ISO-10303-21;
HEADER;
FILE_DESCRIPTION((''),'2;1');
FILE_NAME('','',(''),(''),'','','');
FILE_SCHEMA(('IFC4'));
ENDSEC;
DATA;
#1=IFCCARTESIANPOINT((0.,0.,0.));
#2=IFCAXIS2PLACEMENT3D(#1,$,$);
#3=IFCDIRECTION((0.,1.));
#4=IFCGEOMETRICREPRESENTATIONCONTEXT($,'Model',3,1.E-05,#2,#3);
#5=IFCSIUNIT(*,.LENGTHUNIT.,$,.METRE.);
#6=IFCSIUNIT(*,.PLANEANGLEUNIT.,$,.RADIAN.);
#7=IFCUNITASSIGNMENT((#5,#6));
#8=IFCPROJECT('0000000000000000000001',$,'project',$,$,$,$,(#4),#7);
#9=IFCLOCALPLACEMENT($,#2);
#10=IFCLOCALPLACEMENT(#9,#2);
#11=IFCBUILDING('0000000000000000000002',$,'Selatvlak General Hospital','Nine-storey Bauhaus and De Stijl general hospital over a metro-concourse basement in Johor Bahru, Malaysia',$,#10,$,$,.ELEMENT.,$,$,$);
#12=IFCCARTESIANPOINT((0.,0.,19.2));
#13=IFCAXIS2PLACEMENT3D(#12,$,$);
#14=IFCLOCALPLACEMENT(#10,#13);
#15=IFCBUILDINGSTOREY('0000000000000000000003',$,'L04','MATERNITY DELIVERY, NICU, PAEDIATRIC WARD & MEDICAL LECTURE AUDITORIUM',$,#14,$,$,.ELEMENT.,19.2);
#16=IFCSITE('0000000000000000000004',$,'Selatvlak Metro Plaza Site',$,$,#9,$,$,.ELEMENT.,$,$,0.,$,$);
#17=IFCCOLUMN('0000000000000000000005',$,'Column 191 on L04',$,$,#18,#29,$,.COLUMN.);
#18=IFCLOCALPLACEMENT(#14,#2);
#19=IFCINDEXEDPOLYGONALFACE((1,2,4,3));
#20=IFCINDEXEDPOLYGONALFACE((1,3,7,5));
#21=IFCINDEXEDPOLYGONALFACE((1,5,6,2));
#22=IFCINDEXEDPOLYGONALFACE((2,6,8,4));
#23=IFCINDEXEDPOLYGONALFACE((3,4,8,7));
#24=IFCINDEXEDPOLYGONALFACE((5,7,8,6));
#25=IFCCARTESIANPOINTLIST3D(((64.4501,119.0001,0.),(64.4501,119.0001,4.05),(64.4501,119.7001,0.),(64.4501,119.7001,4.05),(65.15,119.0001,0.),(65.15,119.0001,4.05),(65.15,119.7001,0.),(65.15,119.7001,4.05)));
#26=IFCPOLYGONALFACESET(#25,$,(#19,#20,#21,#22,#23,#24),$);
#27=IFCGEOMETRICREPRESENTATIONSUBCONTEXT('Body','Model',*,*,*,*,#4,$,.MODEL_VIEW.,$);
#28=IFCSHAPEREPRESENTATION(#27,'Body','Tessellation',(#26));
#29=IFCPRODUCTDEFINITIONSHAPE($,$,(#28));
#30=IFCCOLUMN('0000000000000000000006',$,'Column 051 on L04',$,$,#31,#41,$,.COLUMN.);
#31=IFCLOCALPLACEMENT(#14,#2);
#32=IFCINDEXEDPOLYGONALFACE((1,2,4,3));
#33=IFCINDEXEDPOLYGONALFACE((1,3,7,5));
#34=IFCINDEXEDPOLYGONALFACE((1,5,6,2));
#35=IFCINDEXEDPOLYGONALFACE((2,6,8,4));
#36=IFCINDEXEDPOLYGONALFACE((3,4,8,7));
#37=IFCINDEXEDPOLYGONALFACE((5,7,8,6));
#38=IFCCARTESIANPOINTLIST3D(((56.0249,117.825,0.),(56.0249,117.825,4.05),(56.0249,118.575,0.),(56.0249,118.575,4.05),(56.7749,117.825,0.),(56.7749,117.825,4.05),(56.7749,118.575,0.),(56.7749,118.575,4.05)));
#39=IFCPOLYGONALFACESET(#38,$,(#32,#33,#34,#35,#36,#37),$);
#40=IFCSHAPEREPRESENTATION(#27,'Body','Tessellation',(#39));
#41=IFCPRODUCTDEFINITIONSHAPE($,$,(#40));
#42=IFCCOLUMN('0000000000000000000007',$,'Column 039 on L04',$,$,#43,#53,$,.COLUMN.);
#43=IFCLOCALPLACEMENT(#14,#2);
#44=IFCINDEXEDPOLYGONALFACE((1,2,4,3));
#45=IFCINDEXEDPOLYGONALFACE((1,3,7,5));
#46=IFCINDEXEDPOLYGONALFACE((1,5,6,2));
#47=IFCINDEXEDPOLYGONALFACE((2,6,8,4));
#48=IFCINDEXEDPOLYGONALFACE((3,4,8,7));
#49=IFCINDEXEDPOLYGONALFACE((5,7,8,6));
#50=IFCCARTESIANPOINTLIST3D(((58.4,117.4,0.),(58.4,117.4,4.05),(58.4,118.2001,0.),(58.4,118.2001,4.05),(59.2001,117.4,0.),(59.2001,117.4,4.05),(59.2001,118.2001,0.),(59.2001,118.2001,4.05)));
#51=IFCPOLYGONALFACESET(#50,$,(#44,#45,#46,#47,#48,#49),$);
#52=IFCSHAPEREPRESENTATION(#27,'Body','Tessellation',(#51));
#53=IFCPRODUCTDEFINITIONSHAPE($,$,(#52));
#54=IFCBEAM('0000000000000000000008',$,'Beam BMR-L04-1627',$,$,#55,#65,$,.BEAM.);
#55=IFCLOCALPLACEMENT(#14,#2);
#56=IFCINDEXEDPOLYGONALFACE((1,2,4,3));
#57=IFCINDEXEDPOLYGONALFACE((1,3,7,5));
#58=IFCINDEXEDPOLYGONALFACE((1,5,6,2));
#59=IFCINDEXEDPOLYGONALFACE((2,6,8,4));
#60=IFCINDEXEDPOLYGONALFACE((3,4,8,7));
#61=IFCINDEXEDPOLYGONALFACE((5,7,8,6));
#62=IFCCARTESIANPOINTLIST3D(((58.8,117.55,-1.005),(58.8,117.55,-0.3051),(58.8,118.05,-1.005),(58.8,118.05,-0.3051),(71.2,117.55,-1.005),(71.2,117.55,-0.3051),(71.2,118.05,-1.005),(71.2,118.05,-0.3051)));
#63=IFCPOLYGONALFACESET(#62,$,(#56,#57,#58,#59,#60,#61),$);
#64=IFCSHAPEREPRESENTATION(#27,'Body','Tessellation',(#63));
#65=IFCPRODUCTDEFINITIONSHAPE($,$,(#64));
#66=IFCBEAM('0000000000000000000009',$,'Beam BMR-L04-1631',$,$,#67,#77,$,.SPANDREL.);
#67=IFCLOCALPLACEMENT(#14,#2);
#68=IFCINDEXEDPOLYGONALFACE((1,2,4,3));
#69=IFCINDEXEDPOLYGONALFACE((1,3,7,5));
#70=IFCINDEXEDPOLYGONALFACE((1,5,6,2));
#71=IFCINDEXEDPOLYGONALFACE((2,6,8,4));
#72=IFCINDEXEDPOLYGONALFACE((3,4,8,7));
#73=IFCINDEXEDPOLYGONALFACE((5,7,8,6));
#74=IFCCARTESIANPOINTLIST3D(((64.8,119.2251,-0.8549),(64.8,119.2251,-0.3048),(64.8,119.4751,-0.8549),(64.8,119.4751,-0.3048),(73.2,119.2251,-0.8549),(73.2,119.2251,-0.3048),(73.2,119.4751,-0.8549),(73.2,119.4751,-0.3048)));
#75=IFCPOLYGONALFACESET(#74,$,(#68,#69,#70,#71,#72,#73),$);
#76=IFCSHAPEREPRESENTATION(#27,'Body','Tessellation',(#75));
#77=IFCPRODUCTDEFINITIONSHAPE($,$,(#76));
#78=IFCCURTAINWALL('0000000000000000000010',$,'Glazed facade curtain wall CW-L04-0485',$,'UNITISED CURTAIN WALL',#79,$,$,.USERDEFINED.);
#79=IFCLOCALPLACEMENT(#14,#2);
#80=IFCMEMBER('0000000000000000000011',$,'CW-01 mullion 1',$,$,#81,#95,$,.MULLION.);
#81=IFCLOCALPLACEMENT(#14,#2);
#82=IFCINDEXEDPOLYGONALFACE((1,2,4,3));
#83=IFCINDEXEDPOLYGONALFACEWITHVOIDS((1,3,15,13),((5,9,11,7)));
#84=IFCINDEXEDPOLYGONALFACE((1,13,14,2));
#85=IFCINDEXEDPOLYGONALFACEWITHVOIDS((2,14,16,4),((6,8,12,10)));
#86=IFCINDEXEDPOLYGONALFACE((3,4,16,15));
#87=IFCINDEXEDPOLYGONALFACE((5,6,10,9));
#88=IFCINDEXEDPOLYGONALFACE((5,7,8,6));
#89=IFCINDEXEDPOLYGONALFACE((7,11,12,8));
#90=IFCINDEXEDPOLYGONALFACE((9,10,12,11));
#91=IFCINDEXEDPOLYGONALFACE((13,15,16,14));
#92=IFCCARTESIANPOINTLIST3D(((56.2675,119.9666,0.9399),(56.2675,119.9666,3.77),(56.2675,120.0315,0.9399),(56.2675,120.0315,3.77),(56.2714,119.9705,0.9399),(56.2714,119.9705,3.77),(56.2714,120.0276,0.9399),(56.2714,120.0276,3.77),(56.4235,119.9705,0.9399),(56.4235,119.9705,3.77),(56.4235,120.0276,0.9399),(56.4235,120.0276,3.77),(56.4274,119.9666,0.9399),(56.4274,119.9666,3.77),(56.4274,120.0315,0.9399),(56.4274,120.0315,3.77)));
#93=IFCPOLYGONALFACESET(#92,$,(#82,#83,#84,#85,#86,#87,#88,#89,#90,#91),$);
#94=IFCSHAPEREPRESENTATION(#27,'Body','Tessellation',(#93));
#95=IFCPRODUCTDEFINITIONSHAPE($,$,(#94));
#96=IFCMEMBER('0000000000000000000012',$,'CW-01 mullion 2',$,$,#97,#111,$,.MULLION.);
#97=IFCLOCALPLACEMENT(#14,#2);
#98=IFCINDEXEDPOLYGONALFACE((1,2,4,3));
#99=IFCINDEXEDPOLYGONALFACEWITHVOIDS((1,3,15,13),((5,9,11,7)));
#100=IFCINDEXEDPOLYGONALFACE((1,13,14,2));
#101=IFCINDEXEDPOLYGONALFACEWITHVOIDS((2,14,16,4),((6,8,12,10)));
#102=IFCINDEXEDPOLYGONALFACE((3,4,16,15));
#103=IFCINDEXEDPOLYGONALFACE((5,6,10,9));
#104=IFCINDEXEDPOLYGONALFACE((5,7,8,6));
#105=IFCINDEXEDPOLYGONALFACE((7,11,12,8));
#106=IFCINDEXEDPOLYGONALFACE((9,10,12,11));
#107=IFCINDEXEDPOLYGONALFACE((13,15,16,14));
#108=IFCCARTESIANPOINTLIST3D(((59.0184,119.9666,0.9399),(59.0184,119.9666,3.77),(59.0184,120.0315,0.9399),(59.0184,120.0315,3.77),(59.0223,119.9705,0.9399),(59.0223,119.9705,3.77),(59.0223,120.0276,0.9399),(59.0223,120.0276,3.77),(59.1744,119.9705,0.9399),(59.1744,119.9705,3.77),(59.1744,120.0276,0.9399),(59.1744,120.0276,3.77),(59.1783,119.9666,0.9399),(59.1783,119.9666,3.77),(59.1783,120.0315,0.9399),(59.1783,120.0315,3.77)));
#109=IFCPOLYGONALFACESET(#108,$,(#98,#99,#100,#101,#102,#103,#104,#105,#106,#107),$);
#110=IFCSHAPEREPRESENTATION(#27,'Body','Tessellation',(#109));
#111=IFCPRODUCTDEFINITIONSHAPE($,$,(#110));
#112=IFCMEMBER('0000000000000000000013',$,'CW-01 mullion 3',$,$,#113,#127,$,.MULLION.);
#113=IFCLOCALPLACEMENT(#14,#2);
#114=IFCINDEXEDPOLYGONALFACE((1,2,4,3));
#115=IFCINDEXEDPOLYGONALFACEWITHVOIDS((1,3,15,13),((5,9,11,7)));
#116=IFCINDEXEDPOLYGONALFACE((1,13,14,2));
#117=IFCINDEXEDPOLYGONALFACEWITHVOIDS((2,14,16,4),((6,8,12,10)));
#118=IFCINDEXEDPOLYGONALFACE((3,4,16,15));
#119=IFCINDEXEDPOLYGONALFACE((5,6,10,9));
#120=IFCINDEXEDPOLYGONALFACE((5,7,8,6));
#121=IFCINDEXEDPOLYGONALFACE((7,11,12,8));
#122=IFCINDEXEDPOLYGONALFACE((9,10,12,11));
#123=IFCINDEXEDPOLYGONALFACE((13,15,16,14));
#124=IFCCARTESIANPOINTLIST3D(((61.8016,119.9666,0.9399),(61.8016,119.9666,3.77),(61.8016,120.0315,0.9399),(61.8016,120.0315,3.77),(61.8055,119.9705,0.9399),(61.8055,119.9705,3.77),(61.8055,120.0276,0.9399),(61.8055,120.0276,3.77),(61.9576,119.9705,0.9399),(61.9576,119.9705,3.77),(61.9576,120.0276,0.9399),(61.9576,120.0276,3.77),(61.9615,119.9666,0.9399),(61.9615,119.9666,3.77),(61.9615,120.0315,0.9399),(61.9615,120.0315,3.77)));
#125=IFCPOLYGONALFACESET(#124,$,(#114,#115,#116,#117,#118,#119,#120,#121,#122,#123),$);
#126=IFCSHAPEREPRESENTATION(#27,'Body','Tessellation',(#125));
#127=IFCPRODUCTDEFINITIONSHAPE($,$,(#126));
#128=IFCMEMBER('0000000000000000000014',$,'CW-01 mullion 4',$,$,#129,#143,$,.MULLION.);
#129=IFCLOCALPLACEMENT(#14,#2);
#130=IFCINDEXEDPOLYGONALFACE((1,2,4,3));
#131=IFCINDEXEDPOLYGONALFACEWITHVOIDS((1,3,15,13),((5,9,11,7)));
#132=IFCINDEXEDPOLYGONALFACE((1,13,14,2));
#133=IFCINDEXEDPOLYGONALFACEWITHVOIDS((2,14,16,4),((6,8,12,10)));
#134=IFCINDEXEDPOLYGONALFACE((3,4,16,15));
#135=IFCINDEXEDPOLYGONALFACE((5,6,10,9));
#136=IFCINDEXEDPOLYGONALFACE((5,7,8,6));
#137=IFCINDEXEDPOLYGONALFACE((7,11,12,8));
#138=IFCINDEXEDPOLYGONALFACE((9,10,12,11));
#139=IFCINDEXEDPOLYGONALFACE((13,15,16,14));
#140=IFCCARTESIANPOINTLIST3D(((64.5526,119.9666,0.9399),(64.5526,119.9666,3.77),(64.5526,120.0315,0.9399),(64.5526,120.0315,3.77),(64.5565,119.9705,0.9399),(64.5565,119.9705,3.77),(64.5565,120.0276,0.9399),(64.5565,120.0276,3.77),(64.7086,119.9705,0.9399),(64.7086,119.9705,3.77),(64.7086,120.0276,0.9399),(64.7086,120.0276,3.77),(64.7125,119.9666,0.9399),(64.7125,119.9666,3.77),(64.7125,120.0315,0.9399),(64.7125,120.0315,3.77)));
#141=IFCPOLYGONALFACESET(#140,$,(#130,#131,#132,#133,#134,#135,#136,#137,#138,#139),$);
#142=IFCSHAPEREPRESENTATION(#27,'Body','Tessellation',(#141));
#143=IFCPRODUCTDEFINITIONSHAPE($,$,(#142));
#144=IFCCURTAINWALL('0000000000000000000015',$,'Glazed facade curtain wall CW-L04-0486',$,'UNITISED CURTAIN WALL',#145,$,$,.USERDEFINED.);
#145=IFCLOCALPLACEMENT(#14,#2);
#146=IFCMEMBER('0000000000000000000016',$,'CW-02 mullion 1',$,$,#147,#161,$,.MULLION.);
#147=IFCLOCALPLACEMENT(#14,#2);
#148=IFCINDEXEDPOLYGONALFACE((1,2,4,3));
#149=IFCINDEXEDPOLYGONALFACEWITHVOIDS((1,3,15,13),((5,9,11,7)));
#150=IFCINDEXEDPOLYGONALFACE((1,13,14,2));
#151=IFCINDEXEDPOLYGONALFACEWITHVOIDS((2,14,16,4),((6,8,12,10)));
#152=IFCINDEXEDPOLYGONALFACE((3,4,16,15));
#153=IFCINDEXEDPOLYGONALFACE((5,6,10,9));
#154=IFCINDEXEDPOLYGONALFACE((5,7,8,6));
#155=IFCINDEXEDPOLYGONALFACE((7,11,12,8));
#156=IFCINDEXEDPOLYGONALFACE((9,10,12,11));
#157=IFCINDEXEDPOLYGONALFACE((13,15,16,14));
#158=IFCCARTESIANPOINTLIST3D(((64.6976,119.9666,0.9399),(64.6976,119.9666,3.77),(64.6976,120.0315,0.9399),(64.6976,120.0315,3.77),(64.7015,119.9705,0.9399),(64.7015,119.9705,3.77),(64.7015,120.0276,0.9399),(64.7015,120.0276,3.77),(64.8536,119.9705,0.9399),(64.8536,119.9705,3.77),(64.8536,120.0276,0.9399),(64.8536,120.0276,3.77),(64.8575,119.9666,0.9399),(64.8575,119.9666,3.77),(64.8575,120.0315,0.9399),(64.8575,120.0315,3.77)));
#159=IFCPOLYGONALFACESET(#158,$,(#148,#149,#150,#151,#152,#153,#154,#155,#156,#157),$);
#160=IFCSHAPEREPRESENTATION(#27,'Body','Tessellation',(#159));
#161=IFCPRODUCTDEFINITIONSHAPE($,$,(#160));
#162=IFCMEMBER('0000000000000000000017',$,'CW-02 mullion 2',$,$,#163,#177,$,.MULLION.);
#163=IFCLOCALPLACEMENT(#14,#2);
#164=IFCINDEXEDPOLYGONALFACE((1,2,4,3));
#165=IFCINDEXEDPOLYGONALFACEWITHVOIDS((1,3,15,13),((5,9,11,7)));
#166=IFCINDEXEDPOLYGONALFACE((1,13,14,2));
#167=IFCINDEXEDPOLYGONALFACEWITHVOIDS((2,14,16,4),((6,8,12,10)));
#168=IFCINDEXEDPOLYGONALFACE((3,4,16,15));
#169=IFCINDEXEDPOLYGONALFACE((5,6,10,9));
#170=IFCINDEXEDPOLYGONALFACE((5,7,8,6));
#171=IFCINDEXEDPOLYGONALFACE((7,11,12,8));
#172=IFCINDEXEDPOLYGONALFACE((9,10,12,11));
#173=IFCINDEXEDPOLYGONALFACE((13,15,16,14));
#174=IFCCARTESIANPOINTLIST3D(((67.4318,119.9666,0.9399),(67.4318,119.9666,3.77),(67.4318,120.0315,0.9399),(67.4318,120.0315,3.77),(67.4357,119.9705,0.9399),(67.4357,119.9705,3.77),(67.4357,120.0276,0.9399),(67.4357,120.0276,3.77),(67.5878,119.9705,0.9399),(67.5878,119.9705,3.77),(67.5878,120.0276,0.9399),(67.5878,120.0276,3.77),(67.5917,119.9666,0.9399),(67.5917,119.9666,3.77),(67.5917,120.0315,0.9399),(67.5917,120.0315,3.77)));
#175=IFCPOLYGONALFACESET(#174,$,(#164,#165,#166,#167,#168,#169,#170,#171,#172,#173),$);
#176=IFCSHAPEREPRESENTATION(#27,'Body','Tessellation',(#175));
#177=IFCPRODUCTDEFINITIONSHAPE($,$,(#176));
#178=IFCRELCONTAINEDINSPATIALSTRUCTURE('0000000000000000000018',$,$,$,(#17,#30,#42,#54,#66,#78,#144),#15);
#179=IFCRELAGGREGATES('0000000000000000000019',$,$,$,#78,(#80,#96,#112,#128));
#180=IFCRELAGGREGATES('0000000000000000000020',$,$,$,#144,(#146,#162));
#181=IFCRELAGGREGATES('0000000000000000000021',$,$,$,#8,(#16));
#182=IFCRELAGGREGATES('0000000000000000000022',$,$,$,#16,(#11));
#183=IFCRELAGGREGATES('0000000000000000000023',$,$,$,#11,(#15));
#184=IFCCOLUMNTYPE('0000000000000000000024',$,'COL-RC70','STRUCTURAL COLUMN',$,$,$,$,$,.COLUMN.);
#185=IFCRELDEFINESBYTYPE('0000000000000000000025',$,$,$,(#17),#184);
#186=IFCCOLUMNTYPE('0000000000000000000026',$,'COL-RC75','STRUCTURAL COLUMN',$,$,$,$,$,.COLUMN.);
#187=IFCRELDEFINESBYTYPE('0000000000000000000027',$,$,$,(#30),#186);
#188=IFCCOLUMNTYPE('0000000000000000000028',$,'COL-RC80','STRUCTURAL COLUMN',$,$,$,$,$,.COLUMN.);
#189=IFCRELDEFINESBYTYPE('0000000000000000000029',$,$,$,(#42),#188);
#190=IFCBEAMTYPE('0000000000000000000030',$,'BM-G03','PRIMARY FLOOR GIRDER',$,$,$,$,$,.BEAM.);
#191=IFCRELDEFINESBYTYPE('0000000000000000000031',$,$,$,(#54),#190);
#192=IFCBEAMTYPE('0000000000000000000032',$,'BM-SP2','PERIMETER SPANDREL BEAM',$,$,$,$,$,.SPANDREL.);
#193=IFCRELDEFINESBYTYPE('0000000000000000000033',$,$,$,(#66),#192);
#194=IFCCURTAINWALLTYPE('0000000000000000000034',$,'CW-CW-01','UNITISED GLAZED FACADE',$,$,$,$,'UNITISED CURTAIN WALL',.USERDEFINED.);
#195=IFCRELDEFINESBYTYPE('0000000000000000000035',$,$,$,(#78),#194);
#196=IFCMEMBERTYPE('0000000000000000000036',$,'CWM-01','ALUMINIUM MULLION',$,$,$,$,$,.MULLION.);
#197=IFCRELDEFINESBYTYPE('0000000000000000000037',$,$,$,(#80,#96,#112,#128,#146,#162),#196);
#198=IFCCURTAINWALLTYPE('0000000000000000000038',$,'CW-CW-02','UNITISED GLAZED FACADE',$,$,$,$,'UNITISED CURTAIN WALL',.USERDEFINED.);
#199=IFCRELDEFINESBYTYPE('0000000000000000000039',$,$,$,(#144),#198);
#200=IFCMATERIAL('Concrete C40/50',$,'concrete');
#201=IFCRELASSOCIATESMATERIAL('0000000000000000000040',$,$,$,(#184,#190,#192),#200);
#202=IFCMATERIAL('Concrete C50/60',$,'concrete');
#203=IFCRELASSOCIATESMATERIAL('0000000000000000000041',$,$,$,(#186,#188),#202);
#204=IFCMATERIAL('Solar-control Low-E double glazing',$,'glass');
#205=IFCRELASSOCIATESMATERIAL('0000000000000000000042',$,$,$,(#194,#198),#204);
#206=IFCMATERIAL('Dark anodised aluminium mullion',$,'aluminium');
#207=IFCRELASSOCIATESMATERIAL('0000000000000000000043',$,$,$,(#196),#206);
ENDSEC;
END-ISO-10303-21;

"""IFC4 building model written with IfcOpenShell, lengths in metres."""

from ifc_helpers import new_model, si_unit, direction, frame, origin, origin_2d, place, context, subcontext, project, spatial, rectangle, hollow_rectangle, extrude, material, material_profile, profile_set, type_object, element, aggregate, save


model = new_model("IFC4")

# Units and contexts
model_context = context("Model", 3, precision=1e-05, world=origin(), true_north=direction((0.0, 1.0)))
body_context = subcontext(model_context, "Body", "Model", "MODEL_VIEW")
ifc_project = project(units=[si_unit("LENGTHUNIT", "METRE"), si_unit("PLANEANGLEUNIT", "RADIAN")], contexts=[model_context])

# Site, building, storey
site_placement = place(None, origin())
site = spatial("IfcSite", under=ifc_project, at=site_placement, Name="Selatvlak Metro Plaza Site", CompositionType="ELEMENT", RefElevation=0.0)
building_placement = place(site_placement, origin())
building = spatial("IfcBuilding", under=site, at=building_placement, Name="Selatvlak General Hospital", Description="Nine-storey Bauhaus and De Stijl general hospital over a metro-concourse basement in Johor Bahru, Malaysia", CompositionType="ELEMENT")
storey_placement = place(building_placement, frame((0.0, 0.0, 19.2)))
storey = spatial("IfcBuildingStorey", under=building, at=storey_placement, Name="L04", Description="MATERNITY DELIVERY, NICU, PAEDIATRIC WARD & MEDICAL LECTURE AUDITORIUM", CompositionType="ELEMENT", Elevation=19.2)

# Columns
ifc_material_1 = material(Name="Concrete C40/50", Category="concrete")
ifc_material_profile_1 = material_profile(ifc_material_1, rectangle(XDim=0.7, YDim=0.7, at=origin_2d()), Name="RC-COL 700x700")
ifc_profile_set_1 = profile_set([ifc_material_profile_1], Name="Concrete C40/50")
column_type_1 = type_object("IfcColumnType", Name="COL-RC70", Description="STRUCTURAL COLUMN", PredefinedType="COLUMN", material=ifc_profile_set_1)
column_1_placement = place(storey_placement, frame((64.8, 119.3501, 0.0), z_axis=(0.0, 0.0, 1.0), x_axis=(1.0, 0.0, 0.0)))
element("IfcColumn", 1, at=column_1_placement, inside=storey, type_object=column_type_1, Name="Column 191 on L04", PredefinedType="COLUMN", context=body_context, shape_type="SweptSolid", body=[
    extrude(rectangle(XDim=0.7, YDim=0.7, at=origin_2d()), origin(), (0.0, 0.0, 1.0), 4.05),
])
ifc_material_2 = material(Name="Concrete C50/60", Category="concrete")
ifc_material_profile_2 = material_profile(ifc_material_2, rectangle(XDim=0.75, YDim=0.75, at=origin_2d()), Name="RC-COL 750x750")
ifc_profile_set_2 = profile_set([ifc_material_profile_2], Name="Concrete C50/60")
column_type_2 = type_object("IfcColumnType", Name="COL-RC75", Description="STRUCTURAL COLUMN", PredefinedType="COLUMN", material=ifc_profile_set_2)
column_2_placement = place(storey_placement, frame((56.3999, 118.2, 0.0), z_axis=(0.0, 0.0, 1.0), x_axis=(1.0, 0.0, 0.0)))
element("IfcColumn", 2, at=column_2_placement, inside=storey, type_object=column_type_2, Name="Column 051 on L04", PredefinedType="COLUMN", context=body_context, shape_type="SweptSolid", body=[
    extrude(rectangle(XDim=0.75, YDim=0.75, at=origin_2d()), origin(), (0.0, 0.0, 1.0), 4.05),
])
ifc_material_profile_3 = material_profile(ifc_material_2, rectangle(XDim=0.8, YDim=0.8, at=origin_2d()), Name="RC-COL 800x800")
ifc_profile_set_3 = profile_set([ifc_material_profile_3], Name="Concrete C50/60")
column_type_3 = type_object("IfcColumnType", Name="COL-RC80", Description="STRUCTURAL COLUMN", PredefinedType="COLUMN", material=ifc_profile_set_3)
column_3_placement = place(storey_placement, frame((58.8, 117.8, 0.0), z_axis=(0.0, 0.0, 1.0), x_axis=(1.0, 0.0, 0.0)))
element("IfcColumn", 3, at=column_3_placement, inside=storey, type_object=column_type_3, Name="Column 039 on L04", PredefinedType="COLUMN", context=body_context, shape_type="SweptSolid", body=[
    extrude(rectangle(XDim=0.8, YDim=0.8, at=origin_2d()), origin(), (0.0, 0.0, 1.0), 4.05),
])

# Beams
ifc_material_profile_4 = material_profile(ifc_material_1, rectangle(XDim=0.5, YDim=0.7, at=origin_2d()), Name="RC-BM 500x700")
ifc_profile_set_4 = profile_set([ifc_material_profile_4], Name="Concrete C40/50")
beam_type_1 = type_object("IfcBeamType", Name="BM-G03", Description="PRIMARY FLOOR GIRDER", PredefinedType="BEAM", material=ifc_profile_set_4)
beam_1_placement = place(storey_placement, frame((58.8, 117.8, -0.655), z_axis=(1.0, 0.0, 0.0), x_axis=(0.0, 1.0, 0.0)))
element("IfcBeam", 4, at=beam_1_placement, inside=storey, type_object=beam_type_1, Name="Beam BMR-L04-1627", PredefinedType="BEAM", context=body_context, shape_type="SweptSolid", body=[
    extrude(rectangle(XDim=0.5, YDim=0.7, at=origin_2d()), origin(), (0.0, 0.0, 1.0), 12.3999),
])
ifc_material_profile_5 = material_profile(ifc_material_1, rectangle(XDim=0.25, YDim=0.55, at=origin_2d()), Name="RC-SP 250x550")
ifc_profile_set_5 = profile_set([ifc_material_profile_5], Name="Concrete C40/50")
beam_type_2 = type_object("IfcBeamType", Name="BM-SP2", Description="PERIMETER SPANDREL BEAM", PredefinedType="SPANDREL", material=ifc_profile_set_5)
beam_2_placement = place(storey_placement, frame((64.8, 119.3501, -0.5798), z_axis=(1.0, 0.0, 0.0), x_axis=(0.0, 1.0, 0.0)))
element("IfcBeam", 5, at=beam_2_placement, inside=storey, type_object=beam_type_2, Name="Beam BMR-L04-1631", PredefinedType="SPANDREL", context=body_context, shape_type="SweptSolid", body=[
    extrude(rectangle(XDim=0.25, YDim=0.55, at=origin_2d()), origin(), (0.0, 0.0, 1.0), 8.3999),
])

# Curtain walls, members
ifc_material_3 = material(Name="Solar-control Low-E double glazing", Category="glass")
curtain_wall_type_1 = type_object("IfcCurtainWallType", Name="CW-CW-01", Description="UNITISED GLAZED FACADE", ElementType="UNITISED CURTAIN WALL", PredefinedType="USERDEFINED", material=ifc_material_3)
curtain_wall_1_placement = place(storey_placement, origin())
curtain_wall_1 = element("IfcCurtainWall", 6, at=curtain_wall_1_placement, inside=storey, type_object=curtain_wall_type_1, Name="Glazed facade curtain wall CW-L04-0485", ObjectType="UNITISED CURTAIN WALL", PredefinedType="USERDEFINED")
ifc_material_4 = material(Name="Dark anodised aluminium mullion", Category="aluminium")
ifc_material_profile_6 = material_profile(ifc_material_4, hollow_rectangle(XDim=0.0649, YDim=0.1599, WallThickness=0.0039, at=origin_2d()), Name="AL-MUL 65x160x4")
ifc_profile_set_6 = profile_set([ifc_material_profile_6], Name="Dark anodised aluminium mullion")
member_type_1 = type_object("IfcMemberType", Name="CWM-01", Description="ALUMINIUM MULLION", PredefinedType="MULLION", material=ifc_profile_set_6)
member_1_placement = place(storey_placement, frame((56.3474, 119.999, 0.9399), z_axis=(0.0, 0.0, 1.0), x_axis=(0.0, 1.0, 0.0)))
member_1 = element("IfcMember", 7, at=member_1_placement, type_object=member_type_1, Name="CW-01 mullion 1", PredefinedType="MULLION", context=body_context, shape_type="SweptSolid", body=[
    extrude(hollow_rectangle(XDim=0.0649, YDim=0.1599, WallThickness=0.0039, at=origin_2d()), origin(), (0.0, 0.0, 1.0), 2.8301),
])
member_2_placement = place(storey_placement, frame((59.0984, 119.999, 0.9399), z_axis=(0.0, 0.0, 1.0), x_axis=(0.0, 1.0, 0.0)))
member_2 = element("IfcMember", 8, at=member_2_placement, type_object=member_type_1, Name="CW-01 mullion 2", PredefinedType="MULLION", context=body_context, shape_type="SweptSolid", body=[
    extrude(hollow_rectangle(XDim=0.0649, YDim=0.1599, WallThickness=0.0039, at=origin_2d()), origin(), (0.0, 0.0, 1.0), 2.8301),
])
member_3_placement = place(storey_placement, frame((61.8816, 119.999, 0.9399), z_axis=(0.0, 0.0, 1.0), x_axis=(0.0, 1.0, 0.0)))
member_3 = element("IfcMember", 9, at=member_3_placement, type_object=member_type_1, Name="CW-01 mullion 3", PredefinedType="MULLION", context=body_context, shape_type="SweptSolid", body=[
    extrude(hollow_rectangle(XDim=0.0649, YDim=0.1599, WallThickness=0.0039, at=origin_2d()), origin(), (0.0, 0.0, 1.0), 2.8301),
])
member_4_placement = place(storey_placement, frame((64.6326, 119.999, 0.9399), z_axis=(0.0, 0.0, 1.0), x_axis=(0.0, 1.0, 0.0)))
member_4 = element("IfcMember", 10, at=member_4_placement, type_object=member_type_1, Name="CW-01 mullion 4", PredefinedType="MULLION", context=body_context, shape_type="SweptSolid", body=[
    extrude(hollow_rectangle(XDim=0.0649, YDim=0.1599, WallThickness=0.0039, at=origin_2d()), origin(), (0.0, 0.0, 1.0), 2.8301),
])
curtain_wall_type_2 = type_object("IfcCurtainWallType", Name="CW-CW-02", Description="UNITISED GLAZED FACADE", ElementType="UNITISED CURTAIN WALL", PredefinedType="USERDEFINED", material=ifc_material_3)
curtain_wall_2_placement = place(storey_placement, origin())
curtain_wall_2 = element("IfcCurtainWall", 11, at=curtain_wall_2_placement, inside=storey, type_object=curtain_wall_type_2, Name="Glazed facade curtain wall CW-L04-0486", ObjectType="UNITISED CURTAIN WALL", PredefinedType="USERDEFINED")
member_5_placement = place(storey_placement, frame((64.7776, 119.999, 0.9399), z_axis=(0.0, 0.0, 1.0), x_axis=(0.0, 1.0, 0.0)))
member_5 = element("IfcMember", 12, at=member_5_placement, type_object=member_type_1, Name="CW-02 mullion 1", PredefinedType="MULLION", context=body_context, shape_type="SweptSolid", body=[
    extrude(hollow_rectangle(XDim=0.0649, YDim=0.1599, WallThickness=0.0039, at=origin_2d()), origin(), (0.0, 0.0, 1.0), 2.8301),
])
member_6_placement = place(storey_placement, frame((67.5117, 119.999, 0.9399), z_axis=(0.0, 0.0, 1.0), x_axis=(0.0, 1.0, 0.0)))
member_6 = element("IfcMember", 13, at=member_6_placement, type_object=member_type_1, Name="CW-02 mullion 2", PredefinedType="MULLION", context=body_context, shape_type="SweptSolid", body=[
    extrude(hollow_rectangle(XDim=0.0649, YDim=0.1599, WallThickness=0.0039, at=origin_2d()), origin(), (0.0, 0.0, 1.0), 2.8301),
])

aggregate(curtain_wall_1, [member_1, member_2, member_3, member_4])
aggregate(curtain_wall_2, [member_5, member_6])

save(model, "model.ifc")
